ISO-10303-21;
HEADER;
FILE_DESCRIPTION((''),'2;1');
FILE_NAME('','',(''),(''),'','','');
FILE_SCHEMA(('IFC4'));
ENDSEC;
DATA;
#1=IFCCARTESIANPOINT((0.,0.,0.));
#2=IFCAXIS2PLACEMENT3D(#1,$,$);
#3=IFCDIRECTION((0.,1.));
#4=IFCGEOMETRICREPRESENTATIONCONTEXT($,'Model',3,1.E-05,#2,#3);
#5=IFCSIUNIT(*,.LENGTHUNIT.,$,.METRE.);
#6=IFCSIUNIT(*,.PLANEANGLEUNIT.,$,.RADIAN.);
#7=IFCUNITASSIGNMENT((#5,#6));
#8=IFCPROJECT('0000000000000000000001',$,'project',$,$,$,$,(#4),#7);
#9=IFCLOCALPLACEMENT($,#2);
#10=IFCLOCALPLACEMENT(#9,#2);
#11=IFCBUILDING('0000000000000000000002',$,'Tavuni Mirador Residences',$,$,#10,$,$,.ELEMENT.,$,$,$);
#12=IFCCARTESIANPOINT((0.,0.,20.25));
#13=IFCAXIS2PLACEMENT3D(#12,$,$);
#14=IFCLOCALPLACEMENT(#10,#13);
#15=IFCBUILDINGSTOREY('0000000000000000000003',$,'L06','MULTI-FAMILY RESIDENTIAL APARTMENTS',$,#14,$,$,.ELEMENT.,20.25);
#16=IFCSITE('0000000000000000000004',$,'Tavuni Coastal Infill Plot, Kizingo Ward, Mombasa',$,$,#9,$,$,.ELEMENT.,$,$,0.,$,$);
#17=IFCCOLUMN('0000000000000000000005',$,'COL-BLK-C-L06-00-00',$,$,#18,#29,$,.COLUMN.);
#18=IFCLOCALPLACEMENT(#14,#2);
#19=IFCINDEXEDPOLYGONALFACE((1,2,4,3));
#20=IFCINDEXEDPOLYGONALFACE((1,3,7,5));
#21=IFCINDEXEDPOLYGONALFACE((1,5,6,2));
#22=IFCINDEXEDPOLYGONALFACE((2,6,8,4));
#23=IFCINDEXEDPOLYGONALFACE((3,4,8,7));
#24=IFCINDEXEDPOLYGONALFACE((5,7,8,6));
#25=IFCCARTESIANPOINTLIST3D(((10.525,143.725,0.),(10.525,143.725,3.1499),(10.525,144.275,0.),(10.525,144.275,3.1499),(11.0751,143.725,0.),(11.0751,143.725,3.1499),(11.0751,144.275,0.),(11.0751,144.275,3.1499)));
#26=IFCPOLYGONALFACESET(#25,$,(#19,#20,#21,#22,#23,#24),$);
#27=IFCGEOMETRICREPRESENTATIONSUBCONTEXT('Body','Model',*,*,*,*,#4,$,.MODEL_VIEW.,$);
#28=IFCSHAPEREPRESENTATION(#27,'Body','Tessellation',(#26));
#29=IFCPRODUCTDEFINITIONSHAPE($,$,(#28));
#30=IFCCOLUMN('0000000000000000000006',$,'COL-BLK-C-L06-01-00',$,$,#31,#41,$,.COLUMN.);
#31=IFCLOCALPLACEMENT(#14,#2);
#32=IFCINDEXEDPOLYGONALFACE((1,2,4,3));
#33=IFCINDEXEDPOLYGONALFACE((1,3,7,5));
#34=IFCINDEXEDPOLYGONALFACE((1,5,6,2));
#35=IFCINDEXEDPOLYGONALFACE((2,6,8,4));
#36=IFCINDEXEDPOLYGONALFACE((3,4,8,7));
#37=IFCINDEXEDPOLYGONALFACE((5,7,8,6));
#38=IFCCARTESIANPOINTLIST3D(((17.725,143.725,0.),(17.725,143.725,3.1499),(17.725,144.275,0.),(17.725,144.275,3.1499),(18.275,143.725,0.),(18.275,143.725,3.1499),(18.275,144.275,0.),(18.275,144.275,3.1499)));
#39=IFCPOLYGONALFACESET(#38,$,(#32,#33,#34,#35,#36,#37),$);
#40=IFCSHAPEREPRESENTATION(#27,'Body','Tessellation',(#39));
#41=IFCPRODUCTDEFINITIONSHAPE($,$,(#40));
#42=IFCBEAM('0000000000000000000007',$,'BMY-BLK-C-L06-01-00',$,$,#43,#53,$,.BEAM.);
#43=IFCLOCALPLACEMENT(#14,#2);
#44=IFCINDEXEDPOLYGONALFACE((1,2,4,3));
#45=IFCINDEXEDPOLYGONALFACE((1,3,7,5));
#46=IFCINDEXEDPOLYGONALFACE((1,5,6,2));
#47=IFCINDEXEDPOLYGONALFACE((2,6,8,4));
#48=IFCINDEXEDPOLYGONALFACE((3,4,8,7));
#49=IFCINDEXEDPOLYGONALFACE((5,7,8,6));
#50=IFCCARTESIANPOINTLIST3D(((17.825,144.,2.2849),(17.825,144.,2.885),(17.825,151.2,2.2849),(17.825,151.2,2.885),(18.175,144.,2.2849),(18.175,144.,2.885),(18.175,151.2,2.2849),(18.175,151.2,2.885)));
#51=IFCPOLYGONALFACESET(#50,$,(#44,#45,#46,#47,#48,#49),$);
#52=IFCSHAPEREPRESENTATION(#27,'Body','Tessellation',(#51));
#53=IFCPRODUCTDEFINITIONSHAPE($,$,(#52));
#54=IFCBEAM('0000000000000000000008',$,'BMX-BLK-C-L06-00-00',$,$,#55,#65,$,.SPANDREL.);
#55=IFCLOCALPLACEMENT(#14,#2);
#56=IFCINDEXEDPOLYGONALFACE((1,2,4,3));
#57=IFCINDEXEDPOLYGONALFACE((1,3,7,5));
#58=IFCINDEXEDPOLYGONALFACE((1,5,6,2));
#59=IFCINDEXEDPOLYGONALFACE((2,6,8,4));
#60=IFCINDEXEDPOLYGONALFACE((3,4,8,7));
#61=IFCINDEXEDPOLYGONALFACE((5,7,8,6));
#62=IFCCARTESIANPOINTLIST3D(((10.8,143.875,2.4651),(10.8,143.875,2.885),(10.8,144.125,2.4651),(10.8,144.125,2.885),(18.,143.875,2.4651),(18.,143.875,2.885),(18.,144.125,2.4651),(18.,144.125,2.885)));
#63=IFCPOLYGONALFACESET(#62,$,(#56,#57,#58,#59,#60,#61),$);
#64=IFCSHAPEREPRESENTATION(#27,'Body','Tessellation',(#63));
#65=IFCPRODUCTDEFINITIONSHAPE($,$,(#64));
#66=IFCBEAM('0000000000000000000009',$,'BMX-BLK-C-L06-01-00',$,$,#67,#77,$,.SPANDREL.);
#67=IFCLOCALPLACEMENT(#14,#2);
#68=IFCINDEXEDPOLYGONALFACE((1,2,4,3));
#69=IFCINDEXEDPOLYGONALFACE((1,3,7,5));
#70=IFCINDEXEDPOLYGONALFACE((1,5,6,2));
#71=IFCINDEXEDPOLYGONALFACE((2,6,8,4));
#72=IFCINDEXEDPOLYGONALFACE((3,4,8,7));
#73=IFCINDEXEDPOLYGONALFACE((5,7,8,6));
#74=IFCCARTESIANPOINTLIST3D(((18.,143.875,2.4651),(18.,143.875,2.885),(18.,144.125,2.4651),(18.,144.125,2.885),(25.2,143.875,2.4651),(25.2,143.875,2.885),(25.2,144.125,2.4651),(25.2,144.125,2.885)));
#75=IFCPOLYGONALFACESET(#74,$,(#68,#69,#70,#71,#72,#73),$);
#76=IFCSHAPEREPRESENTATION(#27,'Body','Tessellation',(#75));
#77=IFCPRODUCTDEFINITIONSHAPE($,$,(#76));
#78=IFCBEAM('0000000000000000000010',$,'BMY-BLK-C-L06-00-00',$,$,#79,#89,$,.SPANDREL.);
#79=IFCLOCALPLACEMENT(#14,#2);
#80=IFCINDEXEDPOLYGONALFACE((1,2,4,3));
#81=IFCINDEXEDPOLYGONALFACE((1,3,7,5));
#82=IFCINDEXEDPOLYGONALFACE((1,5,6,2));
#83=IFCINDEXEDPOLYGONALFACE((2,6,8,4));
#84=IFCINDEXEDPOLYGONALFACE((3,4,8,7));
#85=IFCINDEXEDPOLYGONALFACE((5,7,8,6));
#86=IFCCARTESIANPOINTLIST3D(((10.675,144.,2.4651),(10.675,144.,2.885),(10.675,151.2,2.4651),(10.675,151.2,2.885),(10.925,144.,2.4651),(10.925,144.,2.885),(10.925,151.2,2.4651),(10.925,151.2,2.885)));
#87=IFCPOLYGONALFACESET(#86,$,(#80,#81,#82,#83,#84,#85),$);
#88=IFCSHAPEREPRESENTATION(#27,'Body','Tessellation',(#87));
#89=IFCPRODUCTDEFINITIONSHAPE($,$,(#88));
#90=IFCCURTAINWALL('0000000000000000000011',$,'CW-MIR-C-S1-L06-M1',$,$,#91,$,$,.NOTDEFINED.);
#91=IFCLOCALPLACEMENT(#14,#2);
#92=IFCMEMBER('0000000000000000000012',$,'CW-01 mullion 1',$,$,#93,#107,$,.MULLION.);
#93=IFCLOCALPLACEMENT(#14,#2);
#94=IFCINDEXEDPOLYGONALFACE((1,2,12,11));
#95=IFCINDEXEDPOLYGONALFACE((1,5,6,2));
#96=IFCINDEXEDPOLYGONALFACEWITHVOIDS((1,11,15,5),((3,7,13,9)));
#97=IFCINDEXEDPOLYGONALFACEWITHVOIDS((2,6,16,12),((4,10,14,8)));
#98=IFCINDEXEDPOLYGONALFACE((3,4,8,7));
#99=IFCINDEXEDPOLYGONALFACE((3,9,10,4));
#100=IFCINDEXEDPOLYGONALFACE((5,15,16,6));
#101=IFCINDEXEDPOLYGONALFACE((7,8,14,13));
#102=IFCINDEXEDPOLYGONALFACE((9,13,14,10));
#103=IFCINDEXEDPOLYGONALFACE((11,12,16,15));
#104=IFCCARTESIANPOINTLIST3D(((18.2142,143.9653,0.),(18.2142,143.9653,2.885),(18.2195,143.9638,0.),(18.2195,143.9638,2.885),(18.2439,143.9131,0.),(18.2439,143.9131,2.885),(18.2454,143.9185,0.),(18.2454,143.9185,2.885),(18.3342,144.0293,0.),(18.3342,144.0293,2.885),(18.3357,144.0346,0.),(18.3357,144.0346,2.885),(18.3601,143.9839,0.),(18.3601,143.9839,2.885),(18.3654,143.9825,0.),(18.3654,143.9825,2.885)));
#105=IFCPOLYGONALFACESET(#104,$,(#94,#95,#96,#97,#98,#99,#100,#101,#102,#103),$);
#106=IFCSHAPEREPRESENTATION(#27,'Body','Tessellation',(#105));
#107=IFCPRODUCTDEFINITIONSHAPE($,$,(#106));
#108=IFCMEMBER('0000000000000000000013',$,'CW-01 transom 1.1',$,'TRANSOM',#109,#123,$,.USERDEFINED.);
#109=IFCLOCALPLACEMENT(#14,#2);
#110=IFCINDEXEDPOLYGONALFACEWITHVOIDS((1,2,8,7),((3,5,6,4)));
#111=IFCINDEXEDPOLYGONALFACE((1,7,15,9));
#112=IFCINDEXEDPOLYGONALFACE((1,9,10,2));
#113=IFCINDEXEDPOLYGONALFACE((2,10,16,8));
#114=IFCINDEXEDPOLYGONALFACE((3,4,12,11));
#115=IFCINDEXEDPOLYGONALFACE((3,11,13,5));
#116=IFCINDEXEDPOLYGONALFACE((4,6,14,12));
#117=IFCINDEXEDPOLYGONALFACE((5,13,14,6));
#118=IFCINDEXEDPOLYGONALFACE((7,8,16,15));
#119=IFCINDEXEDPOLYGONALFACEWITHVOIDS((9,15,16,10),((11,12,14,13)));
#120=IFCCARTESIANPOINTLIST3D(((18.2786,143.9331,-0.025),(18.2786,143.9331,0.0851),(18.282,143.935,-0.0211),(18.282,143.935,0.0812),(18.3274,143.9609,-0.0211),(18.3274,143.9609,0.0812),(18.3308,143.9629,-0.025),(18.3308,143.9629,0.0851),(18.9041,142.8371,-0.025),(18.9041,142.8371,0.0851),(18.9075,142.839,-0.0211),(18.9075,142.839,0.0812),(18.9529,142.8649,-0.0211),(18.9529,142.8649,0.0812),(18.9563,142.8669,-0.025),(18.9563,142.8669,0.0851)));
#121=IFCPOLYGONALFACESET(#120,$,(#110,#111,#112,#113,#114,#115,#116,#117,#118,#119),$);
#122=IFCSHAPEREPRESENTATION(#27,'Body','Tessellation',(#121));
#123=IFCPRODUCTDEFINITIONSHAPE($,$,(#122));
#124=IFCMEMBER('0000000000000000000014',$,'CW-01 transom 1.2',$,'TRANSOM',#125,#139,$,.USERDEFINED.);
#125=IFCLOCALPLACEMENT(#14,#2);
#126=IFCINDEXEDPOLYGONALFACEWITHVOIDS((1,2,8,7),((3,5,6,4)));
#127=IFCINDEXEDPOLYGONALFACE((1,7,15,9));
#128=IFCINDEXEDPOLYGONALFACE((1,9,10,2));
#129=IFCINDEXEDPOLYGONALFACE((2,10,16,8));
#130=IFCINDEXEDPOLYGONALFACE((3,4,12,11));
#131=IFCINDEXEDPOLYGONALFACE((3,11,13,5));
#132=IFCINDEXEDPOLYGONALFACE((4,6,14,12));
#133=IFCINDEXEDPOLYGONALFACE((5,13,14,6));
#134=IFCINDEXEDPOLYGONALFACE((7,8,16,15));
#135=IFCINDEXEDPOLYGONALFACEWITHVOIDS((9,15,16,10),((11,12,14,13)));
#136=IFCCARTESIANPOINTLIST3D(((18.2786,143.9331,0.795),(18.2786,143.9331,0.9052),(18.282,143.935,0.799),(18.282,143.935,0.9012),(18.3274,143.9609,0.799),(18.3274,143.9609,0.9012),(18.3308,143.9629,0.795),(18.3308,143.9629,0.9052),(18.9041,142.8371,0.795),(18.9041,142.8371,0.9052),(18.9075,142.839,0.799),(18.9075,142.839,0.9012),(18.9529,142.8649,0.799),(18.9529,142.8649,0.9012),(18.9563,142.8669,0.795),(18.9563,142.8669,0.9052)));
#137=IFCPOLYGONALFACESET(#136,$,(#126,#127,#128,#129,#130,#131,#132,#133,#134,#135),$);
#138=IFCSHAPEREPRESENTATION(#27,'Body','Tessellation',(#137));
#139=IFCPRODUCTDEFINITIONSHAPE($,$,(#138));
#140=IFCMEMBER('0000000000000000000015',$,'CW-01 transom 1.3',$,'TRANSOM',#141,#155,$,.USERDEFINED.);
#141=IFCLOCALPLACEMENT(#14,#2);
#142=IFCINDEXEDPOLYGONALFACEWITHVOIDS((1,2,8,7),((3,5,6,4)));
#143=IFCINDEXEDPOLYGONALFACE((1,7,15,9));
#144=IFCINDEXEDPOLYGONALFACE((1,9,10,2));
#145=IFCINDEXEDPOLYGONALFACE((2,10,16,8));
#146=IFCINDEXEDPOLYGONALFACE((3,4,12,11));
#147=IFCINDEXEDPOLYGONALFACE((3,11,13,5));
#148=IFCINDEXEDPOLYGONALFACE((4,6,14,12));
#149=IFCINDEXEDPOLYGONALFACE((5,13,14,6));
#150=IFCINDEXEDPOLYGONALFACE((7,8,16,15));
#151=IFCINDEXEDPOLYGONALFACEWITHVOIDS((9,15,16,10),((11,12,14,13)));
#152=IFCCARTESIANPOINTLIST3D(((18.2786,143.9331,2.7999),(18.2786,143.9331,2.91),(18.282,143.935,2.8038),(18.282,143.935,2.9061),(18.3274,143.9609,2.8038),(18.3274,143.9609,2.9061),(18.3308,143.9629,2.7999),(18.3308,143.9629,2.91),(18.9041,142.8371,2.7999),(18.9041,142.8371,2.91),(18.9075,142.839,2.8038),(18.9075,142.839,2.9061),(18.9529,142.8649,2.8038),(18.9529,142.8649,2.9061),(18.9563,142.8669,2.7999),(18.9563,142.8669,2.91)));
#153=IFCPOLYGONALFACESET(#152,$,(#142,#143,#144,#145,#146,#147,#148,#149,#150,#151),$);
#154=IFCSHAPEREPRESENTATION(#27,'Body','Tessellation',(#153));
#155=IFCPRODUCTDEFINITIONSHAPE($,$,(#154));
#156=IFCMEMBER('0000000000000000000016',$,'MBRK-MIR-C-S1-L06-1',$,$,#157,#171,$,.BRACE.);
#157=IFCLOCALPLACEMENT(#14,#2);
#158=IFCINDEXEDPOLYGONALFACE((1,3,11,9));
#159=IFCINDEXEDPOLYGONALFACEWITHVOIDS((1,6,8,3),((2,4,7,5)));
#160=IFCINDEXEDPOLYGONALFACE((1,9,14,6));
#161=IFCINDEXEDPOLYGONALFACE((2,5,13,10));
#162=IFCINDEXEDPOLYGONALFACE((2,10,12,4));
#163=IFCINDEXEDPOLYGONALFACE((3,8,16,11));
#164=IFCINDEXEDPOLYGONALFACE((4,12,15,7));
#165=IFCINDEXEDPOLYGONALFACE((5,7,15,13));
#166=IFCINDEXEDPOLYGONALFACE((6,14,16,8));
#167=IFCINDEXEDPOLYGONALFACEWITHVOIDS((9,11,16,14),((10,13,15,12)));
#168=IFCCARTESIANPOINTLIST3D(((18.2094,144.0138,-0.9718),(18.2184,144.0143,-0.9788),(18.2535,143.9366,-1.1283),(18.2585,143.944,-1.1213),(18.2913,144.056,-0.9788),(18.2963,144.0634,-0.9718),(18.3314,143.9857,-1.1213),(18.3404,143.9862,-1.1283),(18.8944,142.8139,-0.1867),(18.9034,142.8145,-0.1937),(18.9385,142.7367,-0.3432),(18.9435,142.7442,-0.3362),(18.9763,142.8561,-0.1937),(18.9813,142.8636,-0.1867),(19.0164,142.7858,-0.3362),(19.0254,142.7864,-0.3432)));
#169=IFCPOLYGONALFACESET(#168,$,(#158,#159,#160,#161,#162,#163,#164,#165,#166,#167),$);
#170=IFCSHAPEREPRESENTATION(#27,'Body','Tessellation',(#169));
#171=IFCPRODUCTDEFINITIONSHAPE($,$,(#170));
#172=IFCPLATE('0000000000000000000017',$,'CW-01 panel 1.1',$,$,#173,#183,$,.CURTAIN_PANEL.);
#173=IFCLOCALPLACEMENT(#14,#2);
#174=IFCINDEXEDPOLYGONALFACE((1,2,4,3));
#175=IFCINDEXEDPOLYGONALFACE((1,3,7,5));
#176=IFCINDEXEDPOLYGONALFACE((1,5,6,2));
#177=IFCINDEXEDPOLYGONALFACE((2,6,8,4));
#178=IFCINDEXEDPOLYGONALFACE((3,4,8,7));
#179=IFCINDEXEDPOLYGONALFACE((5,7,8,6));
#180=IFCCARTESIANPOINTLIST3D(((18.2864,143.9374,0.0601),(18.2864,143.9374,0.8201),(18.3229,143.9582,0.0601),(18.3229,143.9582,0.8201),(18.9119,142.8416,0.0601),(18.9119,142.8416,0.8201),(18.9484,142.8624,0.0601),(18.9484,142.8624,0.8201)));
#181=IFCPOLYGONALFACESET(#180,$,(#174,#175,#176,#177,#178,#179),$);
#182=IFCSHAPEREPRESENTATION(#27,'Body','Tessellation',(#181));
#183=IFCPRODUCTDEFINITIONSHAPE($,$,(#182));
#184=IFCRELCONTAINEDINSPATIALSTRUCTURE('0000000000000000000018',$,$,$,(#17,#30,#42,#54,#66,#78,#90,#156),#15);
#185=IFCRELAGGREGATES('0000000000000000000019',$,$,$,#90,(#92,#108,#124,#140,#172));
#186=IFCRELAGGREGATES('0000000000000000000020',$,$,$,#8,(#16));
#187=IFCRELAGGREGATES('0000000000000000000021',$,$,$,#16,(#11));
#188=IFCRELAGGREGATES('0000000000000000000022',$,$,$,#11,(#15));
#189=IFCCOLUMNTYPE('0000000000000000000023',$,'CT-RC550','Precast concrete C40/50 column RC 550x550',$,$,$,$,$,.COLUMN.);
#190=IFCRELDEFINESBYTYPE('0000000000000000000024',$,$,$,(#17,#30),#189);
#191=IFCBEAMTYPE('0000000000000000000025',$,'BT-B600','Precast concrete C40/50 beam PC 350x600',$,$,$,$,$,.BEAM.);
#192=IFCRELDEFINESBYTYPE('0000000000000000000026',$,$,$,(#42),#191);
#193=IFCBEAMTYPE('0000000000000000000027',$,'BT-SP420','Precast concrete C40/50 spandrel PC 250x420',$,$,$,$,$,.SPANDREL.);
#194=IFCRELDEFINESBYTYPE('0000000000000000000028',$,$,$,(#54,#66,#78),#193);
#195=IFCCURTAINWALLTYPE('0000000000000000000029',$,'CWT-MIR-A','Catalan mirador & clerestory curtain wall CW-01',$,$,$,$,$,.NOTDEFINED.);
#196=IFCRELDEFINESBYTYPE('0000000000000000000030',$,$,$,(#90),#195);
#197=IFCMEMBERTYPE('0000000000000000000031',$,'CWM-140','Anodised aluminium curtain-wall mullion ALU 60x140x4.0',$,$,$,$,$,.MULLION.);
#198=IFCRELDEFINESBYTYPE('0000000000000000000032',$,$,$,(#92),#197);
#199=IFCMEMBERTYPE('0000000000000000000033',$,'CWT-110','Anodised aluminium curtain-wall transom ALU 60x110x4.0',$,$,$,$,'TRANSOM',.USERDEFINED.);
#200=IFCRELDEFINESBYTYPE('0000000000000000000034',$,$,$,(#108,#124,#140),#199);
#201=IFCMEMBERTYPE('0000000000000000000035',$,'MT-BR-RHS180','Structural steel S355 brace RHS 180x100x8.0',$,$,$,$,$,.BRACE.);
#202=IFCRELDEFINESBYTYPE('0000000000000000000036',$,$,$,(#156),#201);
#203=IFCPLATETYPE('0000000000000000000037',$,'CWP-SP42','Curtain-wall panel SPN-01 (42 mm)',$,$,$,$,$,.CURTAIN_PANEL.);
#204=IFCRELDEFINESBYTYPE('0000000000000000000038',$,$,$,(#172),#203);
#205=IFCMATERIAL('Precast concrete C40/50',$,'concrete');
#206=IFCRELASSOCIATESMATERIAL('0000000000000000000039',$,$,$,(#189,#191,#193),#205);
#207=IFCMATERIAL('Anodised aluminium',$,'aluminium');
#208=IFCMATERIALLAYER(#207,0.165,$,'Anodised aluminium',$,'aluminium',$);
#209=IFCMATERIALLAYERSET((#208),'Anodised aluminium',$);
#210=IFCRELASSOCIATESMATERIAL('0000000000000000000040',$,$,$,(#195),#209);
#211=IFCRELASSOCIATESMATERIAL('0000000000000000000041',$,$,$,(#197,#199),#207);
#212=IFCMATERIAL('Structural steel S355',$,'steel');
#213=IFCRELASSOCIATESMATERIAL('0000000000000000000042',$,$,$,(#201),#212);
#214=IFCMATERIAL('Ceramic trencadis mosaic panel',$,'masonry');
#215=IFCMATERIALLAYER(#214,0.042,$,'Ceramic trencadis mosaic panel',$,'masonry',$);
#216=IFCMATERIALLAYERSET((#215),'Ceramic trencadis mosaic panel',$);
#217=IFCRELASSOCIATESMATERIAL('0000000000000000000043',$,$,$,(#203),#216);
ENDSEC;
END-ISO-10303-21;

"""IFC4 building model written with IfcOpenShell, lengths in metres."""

from ifc_helpers import new_model, si_unit, direction, frame, origin, origin_2d, place, context, subcontext, project, spatial, rectangle, hollow_rectangle, extrude, material, layer, layer_set, material_profile, profile_set, type_object, element, aggregate, save


model = new_model("IFC4")

# Units and contexts
model_context = context("Model", 3, precision=1e-05, world=origin(), true_north=direction((0.0, 1.0)))
body_context = subcontext(model_context, "Body", "Model", "MODEL_VIEW")
ifc_project = project(units=[si_unit("LENGTHUNIT", "METRE"), si_unit("PLANEANGLEUNIT", "RADIAN")], contexts=[model_context])

# Site, building, storey
site_placement = place(None, origin())
site = spatial("IfcSite", under=ifc_project, at=site_placement, Name="Tavuni Coastal Infill Plot, Kizingo Ward, Mombasa", CompositionType="ELEMENT", RefElevation=0.0)
building_placement = place(site_placement, origin())
building = spatial("IfcBuilding", under=site, at=building_placement, Name="Tavuni Mirador Residences", CompositionType="ELEMENT")
storey_placement = place(building_placement, frame((0.0, 0.0, 20.25)))
storey = spatial("IfcBuildingStorey", under=building, at=storey_placement, Name="L06", Description="MULTI-FAMILY RESIDENTIAL APARTMENTS", CompositionType="ELEMENT", Elevation=20.25)

# Columns
ifc_material_1 = material(Name="Precast concrete C40/50", Category="concrete")
ifc_material_profile_1 = material_profile(ifc_material_1, rectangle(XDim=0.55, YDim=0.55, at=origin_2d()), Name="RC 550x550", Category="concrete")
ifc_profile_set_1 = profile_set([ifc_material_profile_1], Name="Precast concrete C40/50")
column_type = type_object("IfcColumnType", Name="CT-RC550", Description="Precast concrete C40/50 column RC 550x550", PredefinedType="COLUMN", material=ifc_profile_set_1)
for number, where, z_axis, x_axis, name in (
    (1, (10.8, 144.0, 0.0), (0.0, 0.0, 1.0), (1.0, 0.0, 0.0), "COL-BLK-C-L06-00-00"),
    (2, (18.0, 144.0, 0.0), (0.0, 0.0, 1.0), (1.0, 0.0, 0.0), "COL-BLK-C-L06-01-00"),
):
    element("IfcColumn", number, at=place(storey_placement, frame(where, z_axis=z_axis, x_axis=x_axis)), inside=storey, type_object=column_type, Name=name, PredefinedType="COLUMN", context=body_context, shape_type="SweptSolid", body=[
        extrude(rectangle(XDim=0.55, YDim=0.55, at=origin_2d()), origin(), (0.0, 0.0, 1.0), 3.1499),
    ])

# Beams
ifc_material_profile_2 = material_profile(ifc_material_1, rectangle(XDim=0.3501, YDim=0.6001, at=origin_2d()), Name="PC 350x600", Category="concrete")
ifc_profile_set_2 = profile_set([ifc_material_profile_2], Name="Precast concrete C40/50")
beam_type_1 = type_object("IfcBeamType", Name="BT-B600", Description="Precast concrete C40/50 beam PC 350x600", PredefinedType="BEAM", material=ifc_profile_set_2)
beam_placement = place(storey_placement, frame((18.0, 144.0, 2.585), z_axis=(0.0, 1.0, 0.0), x_axis=(-1.0, 0.0, 0.0)))
element("IfcBeam", 3, at=beam_placement, inside=storey, type_object=beam_type_1, Name="BMY-BLK-C-L06-01-00", PredefinedType="BEAM", context=body_context, shape_type="SweptSolid", body=[
    extrude(rectangle(XDim=0.3501, YDim=0.6001, at=origin_2d()), origin(), (0.0, 0.0, 1.0), 7.2),
])
ifc_material_profile_3 = material_profile(ifc_material_1, rectangle(XDim=0.25, YDim=0.4199, at=origin_2d()), Name="PC 250x420", Category="concrete")
ifc_profile_set_3 = profile_set([ifc_material_profile_3], Name="Precast concrete C40/50")
beam_type_2 = type_object("IfcBeamType", Name="BT-SP420", Description="Precast concrete C40/50 spandrel PC 250x420", PredefinedType="SPANDREL", material=ifc_profile_set_3)
for number, where, z_axis, x_axis, name in (
    (4, (10.8, 144.0, 2.675), (1.0, 0.0, 0.0), (0.0, 1.0, 0.0), "BMX-BLK-C-L06-00-00"),
    (5, (18.0, 144.0, 2.675), (1.0, 0.0, 0.0), (0.0, 1.0, 0.0), "BMX-BLK-C-L06-01-00"),
    (6, (10.8, 144.0, 2.675), (0.0, 1.0, 0.0), (-1.0, 0.0, 0.0), "BMY-BLK-C-L06-00-00"),
):
    element("IfcBeam", number, at=place(storey_placement, frame(where, z_axis=z_axis, x_axis=x_axis)), inside=storey, type_object=beam_type_2, Name=name, PredefinedType="SPANDREL", context=body_context, shape_type="SweptSolid", body=[
        extrude(rectangle(XDim=0.25, YDim=0.4199, at=origin_2d()), origin(), (0.0, 0.0, 1.0), 7.2),
    ])

# Curtain wall, members
ifc_material_2 = material(Name="Anodised aluminium", Category="aluminium")
ifc_layer_1 = layer(ifc_material_2, 0.165, Name="Anodised aluminium", Category="aluminium")
ifc_layer_set_1 = layer_set([ifc_layer_1], Name="Anodised aluminium")
curtain_wall_type = type_object("IfcCurtainWallType", Name="CWT-MIR-A", Description="Catalan mirador & clerestory curtain wall CW-01", PredefinedType="NOTDEFINED", material=ifc_layer_set_1)
curtain_wall_placement = place(storey_placement, origin())
curtain_wall = element("IfcCurtainWall", 7, at=curtain_wall_placement, inside=storey, type_object=curtain_wall_type, Name="CW-MIR-C-S1-L06-M1", PredefinedType="NOTDEFINED")
ifc_material_profile_4 = material_profile(ifc_material_2, hollow_rectangle(XDim=0.0601, YDim=0.1399, WallThickness=0.0039, at=origin_2d()), Name="ALU 60x140x4.0", Category="aluminium")
ifc_profile_set_4 = profile_set([ifc_material_profile_4], Name="Anodised aluminium")
member_type_1 = type_object("IfcMemberType", Name="CWM-140", Description="Anodised aluminium curtain-wall mullion ALU 60x140x4.0", PredefinedType="MULLION", material=ifc_profile_set_4)
member_1_placement = place(storey_placement, frame((18.2898, 143.9739, 0.0), z_axis=(0.0, 0.0, 1.0), x_axis=(0.495749, -0.868466, 0.0)))
member_1 = element("IfcMember", 8, at=member_1_placement, type_object=member_type_1, Name="CW-01 mullion 1", PredefinedType="MULLION", context=body_context, shape_type="SweptSolid", body=[
    extrude(hollow_rectangle(XDim=0.0601, YDim=0.1399, WallThickness=0.0039, at=origin_2d()), origin(), (0.0, 0.0, 1.0), 2.885),
])
ifc_material_profile_5 = material_profile(ifc_material_2, hollow_rectangle(XDim=0.0601, YDim=0.1101, WallThickness=0.0039, at=origin_2d()), Name="ALU 60x110x4.0", Category="aluminium")
ifc_profile_set_5 = profile_set([ifc_material_profile_5], Name="Anodised aluminium")
member_type_2 = type_object("IfcMemberType", Name="CWT-110", Description="Anodised aluminium curtain-wall transom ALU 60x110x4.0", ElementType="TRANSOM", PredefinedType="USERDEFINED", material=ifc_profile_set_5)
member_2_placement = place(storey_placement, frame((18.3047, 143.948, 0.03), z_axis=(0.49568, -0.868505, 0.0), x_axis=(0.868505, 0.49568, 0.0)))
member_2 = element("IfcMember", 9, at=member_2_placement, type_object=member_type_2, Name="CW-01 transom 1.1", ObjectType="TRANSOM", PredefinedType="USERDEFINED", context=body_context, shape_type="SweptSolid", body=[
    extrude(hollow_rectangle(XDim=0.0601, YDim=0.1101, WallThickness=0.0039, at=origin_2d()), origin(), (0.0, 0.0, 1.0), 1.262),
])
member_3_placement = place(storey_placement, frame((18.3047, 143.948, 0.8501), z_axis=(0.49568, -0.868505, 0.0), x_axis=(0.868505, 0.49568, 0.0)))
member_3 = element("IfcMember", 10, at=member_3_placement, type_object=member_type_2, Name="CW-01 transom 1.2", ObjectType="TRANSOM", PredefinedType="USERDEFINED", context=body_context, shape_type="SweptSolid", body=[
    extrude(hollow_rectangle(XDim=0.0601, YDim=0.1101, WallThickness=0.0039, at=origin_2d()), origin(), (0.0, 0.0, 1.0), 1.262),
])
member_4_placement = place(storey_placement, frame((18.3047, 143.948, 2.855), z_axis=(0.49568, -0.868505, 0.0), x_axis=(0.868505, 0.49568, 0.0)))
member_4 = element("IfcMember", 11, at=member_4_placement, type_object=member_type_2, Name="CW-01 transom 1.3", ObjectType="TRANSOM", PredefinedType="USERDEFINED", context=body_context, shape_type="SweptSolid", body=[
    extrude(hollow_rectangle(XDim=0.0601, YDim=0.1101, WallThickness=0.0039, at=origin_2d()), origin(), (0.0, 0.0, 1.0), 1.262),
])

# Member
ifc_material_3 = material(Name="Structural steel S355", Category="steel")
ifc_material_profile_6 = material_profile(ifc_material_3, hollow_rectangle(XDim=0.1001, YDim=0.1799, WallThickness=0.0081, at=origin_2d()), Name="RHS 180x100x8.0", Category="steel")
ifc_profile_set_6 = profile_set([ifc_material_profile_6], Name="Structural steel S355")
member_type_3 = type_object("IfcMemberType", Name="MT-BR-RHS180", Description="Structural steel S355 brace RHS 180x100x8.0", PredefinedType="BRACE", material=ifc_profile_set_6)
member_5_placement = place(storey_placement, frame((18.2749, 144.0, -1.05), z_axis=(0.431063, -0.755051, 0.494048), x_axis=(0.868439, 0.495796, 0.0)))
element("IfcMember", 12, at=member_5_placement, inside=storey, type_object=member_type_3, Name="MBRK-MIR-C-S1-L06-1", PredefinedType="BRACE", context=body_context, shape_type="SweptSolid", body=[
    extrude(hollow_rectangle(XDim=0.1001, YDim=0.1799, WallThickness=0.0081, at=origin_2d()), origin(), (0.0, 0.0, 1.0), 1.5891),
])

# Plate
ifc_material_4 = material(Name="Ceramic trencadis mosaic panel", Category="masonry")
ifc_layer_2 = layer(ifc_material_4, 0.042, Name="Ceramic trencadis mosaic panel", Category="masonry")
ifc_layer_set_2 = layer_set([ifc_layer_2], Name="Ceramic trencadis mosaic panel")
plate_type = type_object("IfcPlateType", Name="CWP-SP42", Description="Curtain-wall panel SPN-01 (42 mm)", PredefinedType="CURTAIN_PANEL", material=ifc_layer_set_2)
plate_placement = place(storey_placement, frame((18.6174, 143.3999, 0.0601), z_axis=(0.0, 0.0, 1.0), x_axis=(0.495749, -0.868466, 0.0)))
plate = element("IfcPlate", 13, at=plate_placement, type_object=plate_type, Name="CW-01 panel 1.1", PredefinedType="CURTAIN_PANEL", context=body_context, shape_type="SweptSolid", body=[
    extrude(rectangle(XDim=1.2617, YDim=0.042, at=origin_2d()), origin(), (0.0, 0.0, 1.0), 0.76),
])
aggregate(curtain_wall, [member_1, member_2, member_3, member_4, plate])

save(model, "model.ifc")
